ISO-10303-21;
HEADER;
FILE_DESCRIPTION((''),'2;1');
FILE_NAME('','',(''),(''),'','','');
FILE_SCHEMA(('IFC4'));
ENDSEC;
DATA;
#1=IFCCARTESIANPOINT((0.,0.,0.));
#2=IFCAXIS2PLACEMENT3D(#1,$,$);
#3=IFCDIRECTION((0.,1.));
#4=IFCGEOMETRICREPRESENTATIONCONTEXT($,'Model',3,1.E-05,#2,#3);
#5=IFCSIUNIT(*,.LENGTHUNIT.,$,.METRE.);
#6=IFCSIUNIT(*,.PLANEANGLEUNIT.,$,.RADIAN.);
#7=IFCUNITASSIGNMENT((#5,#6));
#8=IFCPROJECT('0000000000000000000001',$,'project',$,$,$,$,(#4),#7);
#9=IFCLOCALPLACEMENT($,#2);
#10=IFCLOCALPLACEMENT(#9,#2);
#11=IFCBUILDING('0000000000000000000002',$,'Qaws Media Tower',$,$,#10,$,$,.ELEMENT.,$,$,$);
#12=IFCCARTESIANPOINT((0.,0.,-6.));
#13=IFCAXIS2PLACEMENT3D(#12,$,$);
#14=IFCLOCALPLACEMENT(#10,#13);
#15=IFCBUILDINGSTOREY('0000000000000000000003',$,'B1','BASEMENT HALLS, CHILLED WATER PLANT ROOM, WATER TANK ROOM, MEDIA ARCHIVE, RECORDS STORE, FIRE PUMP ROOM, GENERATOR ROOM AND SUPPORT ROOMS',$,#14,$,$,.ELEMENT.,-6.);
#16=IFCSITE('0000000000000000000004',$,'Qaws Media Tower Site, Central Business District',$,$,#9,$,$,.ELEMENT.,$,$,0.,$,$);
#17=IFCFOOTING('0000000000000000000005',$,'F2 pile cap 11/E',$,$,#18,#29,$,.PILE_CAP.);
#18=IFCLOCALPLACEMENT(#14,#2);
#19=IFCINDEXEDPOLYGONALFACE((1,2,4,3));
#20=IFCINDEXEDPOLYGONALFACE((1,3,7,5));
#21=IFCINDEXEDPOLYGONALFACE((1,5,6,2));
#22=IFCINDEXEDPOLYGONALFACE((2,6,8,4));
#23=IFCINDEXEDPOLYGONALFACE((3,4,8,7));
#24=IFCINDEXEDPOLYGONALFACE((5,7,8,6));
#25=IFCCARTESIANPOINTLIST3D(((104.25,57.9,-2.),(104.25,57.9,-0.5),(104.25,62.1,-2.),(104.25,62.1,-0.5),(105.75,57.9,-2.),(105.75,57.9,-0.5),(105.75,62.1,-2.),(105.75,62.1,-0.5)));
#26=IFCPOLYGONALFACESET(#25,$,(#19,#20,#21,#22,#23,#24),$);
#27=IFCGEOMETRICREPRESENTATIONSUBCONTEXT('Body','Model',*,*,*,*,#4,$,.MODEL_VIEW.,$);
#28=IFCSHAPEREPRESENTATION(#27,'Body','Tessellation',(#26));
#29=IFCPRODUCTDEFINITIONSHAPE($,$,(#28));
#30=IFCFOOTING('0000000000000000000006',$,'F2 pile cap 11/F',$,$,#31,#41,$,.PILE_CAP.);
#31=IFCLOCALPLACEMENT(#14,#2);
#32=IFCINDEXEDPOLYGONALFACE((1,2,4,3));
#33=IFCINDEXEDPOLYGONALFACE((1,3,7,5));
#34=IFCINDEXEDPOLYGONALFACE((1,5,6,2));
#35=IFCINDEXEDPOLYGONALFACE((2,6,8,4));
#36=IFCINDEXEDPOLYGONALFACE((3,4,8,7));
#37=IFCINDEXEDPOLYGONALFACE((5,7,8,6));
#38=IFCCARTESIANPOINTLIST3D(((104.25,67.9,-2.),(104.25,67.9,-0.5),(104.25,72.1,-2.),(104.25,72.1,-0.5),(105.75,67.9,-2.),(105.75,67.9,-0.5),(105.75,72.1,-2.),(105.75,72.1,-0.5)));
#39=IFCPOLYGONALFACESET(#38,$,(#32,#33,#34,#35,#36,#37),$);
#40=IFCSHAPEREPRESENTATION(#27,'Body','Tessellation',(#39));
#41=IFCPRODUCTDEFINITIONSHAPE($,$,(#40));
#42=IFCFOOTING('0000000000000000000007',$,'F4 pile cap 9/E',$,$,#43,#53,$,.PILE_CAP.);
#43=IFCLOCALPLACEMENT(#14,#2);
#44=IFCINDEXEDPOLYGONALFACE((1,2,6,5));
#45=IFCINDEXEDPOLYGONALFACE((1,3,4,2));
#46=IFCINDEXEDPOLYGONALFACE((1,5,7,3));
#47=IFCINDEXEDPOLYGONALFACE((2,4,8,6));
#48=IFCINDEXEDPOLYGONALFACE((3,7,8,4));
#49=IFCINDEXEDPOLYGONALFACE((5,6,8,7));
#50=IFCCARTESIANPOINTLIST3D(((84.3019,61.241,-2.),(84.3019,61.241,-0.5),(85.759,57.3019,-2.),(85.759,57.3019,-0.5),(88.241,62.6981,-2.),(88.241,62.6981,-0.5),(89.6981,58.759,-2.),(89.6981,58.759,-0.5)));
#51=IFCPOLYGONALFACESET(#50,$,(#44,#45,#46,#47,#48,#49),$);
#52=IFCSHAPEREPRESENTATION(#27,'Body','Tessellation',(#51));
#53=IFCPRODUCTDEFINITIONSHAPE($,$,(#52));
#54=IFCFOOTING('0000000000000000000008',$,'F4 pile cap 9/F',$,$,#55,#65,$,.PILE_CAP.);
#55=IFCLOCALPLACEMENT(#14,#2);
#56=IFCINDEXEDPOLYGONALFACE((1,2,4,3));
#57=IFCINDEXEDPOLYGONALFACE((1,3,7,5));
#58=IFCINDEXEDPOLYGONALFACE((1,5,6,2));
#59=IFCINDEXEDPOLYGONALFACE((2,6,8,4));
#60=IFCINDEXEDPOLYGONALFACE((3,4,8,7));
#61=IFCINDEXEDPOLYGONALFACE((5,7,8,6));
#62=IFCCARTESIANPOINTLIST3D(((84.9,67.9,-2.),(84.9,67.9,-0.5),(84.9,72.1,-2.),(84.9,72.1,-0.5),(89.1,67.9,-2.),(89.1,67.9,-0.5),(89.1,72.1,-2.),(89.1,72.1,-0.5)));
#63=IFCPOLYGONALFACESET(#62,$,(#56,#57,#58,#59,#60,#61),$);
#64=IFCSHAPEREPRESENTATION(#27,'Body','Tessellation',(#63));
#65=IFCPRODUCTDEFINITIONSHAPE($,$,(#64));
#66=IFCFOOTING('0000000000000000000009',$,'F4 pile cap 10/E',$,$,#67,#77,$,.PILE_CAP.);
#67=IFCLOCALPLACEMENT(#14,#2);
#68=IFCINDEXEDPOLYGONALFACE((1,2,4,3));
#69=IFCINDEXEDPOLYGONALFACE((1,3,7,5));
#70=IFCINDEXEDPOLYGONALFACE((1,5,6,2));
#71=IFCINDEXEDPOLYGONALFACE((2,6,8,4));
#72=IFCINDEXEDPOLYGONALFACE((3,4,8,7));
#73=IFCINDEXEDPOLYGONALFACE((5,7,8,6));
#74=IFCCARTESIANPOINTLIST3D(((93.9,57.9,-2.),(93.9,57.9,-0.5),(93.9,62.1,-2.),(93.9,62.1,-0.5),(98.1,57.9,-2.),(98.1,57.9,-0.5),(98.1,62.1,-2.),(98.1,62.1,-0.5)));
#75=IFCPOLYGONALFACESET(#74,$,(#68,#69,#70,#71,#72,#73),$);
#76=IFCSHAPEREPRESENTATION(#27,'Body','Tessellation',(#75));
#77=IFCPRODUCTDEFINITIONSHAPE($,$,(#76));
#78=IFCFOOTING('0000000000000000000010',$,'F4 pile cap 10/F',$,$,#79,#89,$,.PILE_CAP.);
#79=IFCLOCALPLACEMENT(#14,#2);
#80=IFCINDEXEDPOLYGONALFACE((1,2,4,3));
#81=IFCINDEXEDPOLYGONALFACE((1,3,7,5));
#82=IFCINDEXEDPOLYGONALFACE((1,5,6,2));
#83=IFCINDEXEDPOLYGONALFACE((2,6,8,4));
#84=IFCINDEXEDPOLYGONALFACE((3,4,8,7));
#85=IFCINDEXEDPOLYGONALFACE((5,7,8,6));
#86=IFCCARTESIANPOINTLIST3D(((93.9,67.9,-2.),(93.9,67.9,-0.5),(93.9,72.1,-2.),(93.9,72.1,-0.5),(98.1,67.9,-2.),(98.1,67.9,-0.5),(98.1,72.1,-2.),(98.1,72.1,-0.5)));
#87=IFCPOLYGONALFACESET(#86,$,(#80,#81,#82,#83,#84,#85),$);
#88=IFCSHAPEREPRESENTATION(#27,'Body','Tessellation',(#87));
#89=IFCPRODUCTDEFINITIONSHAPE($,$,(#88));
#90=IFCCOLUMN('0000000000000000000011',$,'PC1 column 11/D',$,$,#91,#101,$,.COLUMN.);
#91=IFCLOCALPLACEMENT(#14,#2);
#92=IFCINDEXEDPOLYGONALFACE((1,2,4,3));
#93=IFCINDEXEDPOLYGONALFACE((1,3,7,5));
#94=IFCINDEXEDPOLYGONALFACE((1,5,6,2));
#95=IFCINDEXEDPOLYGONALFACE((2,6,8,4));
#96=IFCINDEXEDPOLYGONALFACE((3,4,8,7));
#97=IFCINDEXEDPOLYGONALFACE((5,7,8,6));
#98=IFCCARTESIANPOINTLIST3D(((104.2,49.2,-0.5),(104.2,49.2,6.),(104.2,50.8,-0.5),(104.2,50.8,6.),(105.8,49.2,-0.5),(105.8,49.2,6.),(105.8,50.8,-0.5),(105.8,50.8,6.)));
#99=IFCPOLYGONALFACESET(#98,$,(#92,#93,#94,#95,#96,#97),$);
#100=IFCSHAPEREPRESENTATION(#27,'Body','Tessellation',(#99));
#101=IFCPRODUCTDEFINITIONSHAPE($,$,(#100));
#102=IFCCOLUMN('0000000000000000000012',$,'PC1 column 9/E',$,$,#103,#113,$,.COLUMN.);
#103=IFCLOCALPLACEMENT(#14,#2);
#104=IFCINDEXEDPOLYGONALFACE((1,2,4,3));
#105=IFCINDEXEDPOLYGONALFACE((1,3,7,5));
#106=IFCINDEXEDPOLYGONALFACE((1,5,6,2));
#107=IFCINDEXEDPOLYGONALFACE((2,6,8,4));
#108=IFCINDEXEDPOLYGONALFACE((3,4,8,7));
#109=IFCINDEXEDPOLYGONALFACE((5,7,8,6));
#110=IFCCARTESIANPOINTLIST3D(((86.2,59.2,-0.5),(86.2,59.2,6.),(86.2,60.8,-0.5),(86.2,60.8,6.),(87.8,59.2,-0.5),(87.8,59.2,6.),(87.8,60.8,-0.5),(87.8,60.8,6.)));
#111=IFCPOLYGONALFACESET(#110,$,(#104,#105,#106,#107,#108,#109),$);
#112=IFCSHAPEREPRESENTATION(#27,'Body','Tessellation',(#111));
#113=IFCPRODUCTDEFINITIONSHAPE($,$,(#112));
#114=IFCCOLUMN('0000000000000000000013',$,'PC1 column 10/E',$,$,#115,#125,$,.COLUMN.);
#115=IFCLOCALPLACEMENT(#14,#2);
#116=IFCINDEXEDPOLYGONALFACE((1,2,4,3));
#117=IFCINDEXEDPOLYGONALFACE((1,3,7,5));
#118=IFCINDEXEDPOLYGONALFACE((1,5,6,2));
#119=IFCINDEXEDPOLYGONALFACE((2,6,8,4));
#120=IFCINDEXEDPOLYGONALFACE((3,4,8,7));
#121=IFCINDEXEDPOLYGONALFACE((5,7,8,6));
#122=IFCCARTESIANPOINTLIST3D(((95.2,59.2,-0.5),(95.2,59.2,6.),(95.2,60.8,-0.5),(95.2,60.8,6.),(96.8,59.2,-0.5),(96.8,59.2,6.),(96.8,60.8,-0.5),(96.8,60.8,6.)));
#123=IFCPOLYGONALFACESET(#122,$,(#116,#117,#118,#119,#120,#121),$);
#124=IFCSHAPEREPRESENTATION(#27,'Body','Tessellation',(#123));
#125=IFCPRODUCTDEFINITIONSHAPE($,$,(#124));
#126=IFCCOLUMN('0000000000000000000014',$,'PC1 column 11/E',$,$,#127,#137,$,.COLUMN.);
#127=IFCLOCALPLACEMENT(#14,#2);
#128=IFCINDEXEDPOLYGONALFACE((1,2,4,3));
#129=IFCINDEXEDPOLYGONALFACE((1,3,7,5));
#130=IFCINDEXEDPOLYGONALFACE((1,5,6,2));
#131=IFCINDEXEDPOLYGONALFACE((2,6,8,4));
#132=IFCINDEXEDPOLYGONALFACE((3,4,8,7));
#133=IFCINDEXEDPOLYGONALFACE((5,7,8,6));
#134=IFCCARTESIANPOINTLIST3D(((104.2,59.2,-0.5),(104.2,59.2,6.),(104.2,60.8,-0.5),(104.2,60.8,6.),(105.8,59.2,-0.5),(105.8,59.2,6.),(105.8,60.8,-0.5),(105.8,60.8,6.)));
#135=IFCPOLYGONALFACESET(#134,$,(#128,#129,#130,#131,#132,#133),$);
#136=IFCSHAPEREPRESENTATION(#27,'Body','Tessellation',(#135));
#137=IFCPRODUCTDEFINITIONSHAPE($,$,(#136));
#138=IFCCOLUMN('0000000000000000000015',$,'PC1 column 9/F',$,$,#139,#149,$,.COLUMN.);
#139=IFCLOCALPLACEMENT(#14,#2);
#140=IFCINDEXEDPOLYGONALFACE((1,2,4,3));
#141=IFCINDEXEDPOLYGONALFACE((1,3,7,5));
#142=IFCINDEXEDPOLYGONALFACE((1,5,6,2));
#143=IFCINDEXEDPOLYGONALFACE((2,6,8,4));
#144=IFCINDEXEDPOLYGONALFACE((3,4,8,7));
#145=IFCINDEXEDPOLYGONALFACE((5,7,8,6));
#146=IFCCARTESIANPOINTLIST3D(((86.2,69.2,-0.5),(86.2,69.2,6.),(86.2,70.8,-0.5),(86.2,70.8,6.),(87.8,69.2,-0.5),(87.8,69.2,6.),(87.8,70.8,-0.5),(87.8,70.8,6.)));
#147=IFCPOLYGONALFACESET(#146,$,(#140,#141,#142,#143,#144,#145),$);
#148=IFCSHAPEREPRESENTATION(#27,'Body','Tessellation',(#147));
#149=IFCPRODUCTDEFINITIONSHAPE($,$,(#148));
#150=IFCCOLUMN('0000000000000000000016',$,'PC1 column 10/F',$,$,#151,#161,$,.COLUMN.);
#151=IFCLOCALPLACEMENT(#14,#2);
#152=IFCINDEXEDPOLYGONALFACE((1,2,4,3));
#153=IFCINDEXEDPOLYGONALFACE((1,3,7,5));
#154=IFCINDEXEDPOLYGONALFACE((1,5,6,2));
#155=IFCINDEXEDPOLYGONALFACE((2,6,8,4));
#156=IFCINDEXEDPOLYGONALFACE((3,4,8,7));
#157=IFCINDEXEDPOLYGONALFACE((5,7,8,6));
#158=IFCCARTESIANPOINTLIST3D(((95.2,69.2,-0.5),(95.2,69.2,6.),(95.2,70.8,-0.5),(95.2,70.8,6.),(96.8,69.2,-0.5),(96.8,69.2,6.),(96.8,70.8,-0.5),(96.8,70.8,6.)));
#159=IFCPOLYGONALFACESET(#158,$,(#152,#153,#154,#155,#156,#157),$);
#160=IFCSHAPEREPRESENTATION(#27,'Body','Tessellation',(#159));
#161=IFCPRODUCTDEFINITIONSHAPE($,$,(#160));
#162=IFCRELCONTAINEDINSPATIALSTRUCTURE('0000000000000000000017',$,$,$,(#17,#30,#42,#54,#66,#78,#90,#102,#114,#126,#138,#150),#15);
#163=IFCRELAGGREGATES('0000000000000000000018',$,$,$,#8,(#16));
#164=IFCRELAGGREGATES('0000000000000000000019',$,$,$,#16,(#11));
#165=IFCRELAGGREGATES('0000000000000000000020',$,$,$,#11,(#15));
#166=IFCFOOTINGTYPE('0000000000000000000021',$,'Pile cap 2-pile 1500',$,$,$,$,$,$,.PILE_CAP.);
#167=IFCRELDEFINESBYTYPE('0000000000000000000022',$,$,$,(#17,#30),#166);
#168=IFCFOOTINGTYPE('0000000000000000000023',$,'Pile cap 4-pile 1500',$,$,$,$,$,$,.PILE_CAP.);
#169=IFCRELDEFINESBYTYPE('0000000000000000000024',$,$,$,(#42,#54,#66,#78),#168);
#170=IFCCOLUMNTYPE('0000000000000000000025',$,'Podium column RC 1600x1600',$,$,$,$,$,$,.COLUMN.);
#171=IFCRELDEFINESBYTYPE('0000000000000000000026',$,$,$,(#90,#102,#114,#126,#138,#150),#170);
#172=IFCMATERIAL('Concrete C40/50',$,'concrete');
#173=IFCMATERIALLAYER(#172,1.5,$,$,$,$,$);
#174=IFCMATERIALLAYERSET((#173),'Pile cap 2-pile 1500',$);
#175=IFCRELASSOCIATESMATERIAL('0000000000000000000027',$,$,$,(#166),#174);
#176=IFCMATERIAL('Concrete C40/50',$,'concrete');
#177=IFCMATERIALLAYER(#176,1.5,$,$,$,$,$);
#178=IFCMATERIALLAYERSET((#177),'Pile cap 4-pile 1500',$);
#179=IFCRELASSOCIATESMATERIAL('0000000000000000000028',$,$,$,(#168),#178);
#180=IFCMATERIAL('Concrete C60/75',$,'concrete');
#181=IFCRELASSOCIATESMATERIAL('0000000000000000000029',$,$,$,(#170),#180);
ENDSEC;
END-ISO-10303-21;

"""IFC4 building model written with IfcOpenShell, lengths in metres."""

from ifc_helpers import new_model, si_unit, direction, frame, origin, origin_2d, place, context, subcontext, project, spatial, rectangle, extrude, material, layer, layer_set, material_profile, profile_set, type_object, element, save


model = new_model("IFC4")

# Units and contexts
model_context = context("Model", 3, precision=1e-05, world=origin(), true_north=direction((0.0, 1.0)))
body_context = subcontext(model_context, "Body", "Model", "MODEL_VIEW")
ifc_project = project(units=[si_unit("LENGTHUNIT", "METRE"), si_unit("PLANEANGLEUNIT", "RADIAN")], contexts=[model_context])

# Site, building, storey
site_placement = place(None, origin())
site = spatial("IfcSite", under=ifc_project, at=site_placement, Name="Qaws Media Tower Site, Central Business District", CompositionType="ELEMENT", RefElevation=0.0)
building_placement = place(site_placement, origin())
building = spatial("IfcBuilding", under=site, at=building_placement, Name="Qaws Media Tower", CompositionType="ELEMENT")
storey_placement = place(building_placement, frame((0.0, 0.0, -6.0)))
storey = spatial("IfcBuildingStorey", under=building, at=storey_placement, Name="B1", Description="BASEMENT HALLS, CHILLED WATER PLANT ROOM, WATER TANK ROOM, MEDIA ARCHIVE, RECORDS STORE, FIRE PUMP ROOM, GENERATOR ROOM AND SUPPORT ROOMS", CompositionType="ELEMENT", Elevation=-6.0)

# Footings
ifc_material_1 = material(Name="Concrete C40/50", Category="concrete")
ifc_layer_1 = layer(ifc_material_1, 1.5)
ifc_layer_set_1 = layer_set([ifc_layer_1], Name="Pile cap 2-pile 1500")
footing_type_1 = type_object("IfcFootingType", Name="Pile cap 2-pile 1500", PredefinedType="PILE_CAP", material=ifc_layer_set_1)
for number, where, z_axis, x_axis, name in (
    (1, (105.0, 60.0, -2.0), (0.0, 0.0, 1.0), (1.0, 0.0, 0.0), "F2 pile cap 11/E"),
    (2, (105.0, 70.0, -2.0), (0.0, 0.0, 1.0), (1.0, 0.0, 0.0), "F2 pile cap 11/F"),
):
    element("IfcFooting", number, at=place(storey_placement, frame(where, z_axis=z_axis, x_axis=x_axis)), inside=storey, type_object=footing_type_1, Name=name, PredefinedType="PILE_CAP", context=body_context, shape_type="SweptSolid", body=[
        extrude(rectangle(XDim=1.5, YDim=4.2, at=origin_2d()), origin(), (0.0, 0.0, 1.0), 1.5),
    ])
ifc_material_2 = material(Name="Concrete C40/50", Category="concrete")
ifc_layer_2 = layer(ifc_material_2, 1.5)
ifc_layer_set_2 = layer_set([ifc_layer_2], Name="Pile cap 4-pile 1500")
footing_type_2 = type_object("IfcFootingType", Name="Pile cap 4-pile 1500", PredefinedType="PILE_CAP", material=ifc_layer_set_2)
for number, where, z_axis, x_axis, name in (
    (3, (87.0, 60.0, -2.0), (0.0, 0.0, 1.0), (0.937889, 0.346936, 0.0), "F4 pile cap 9/E"),
    (4, (87.0, 70.0, -2.0), (0.0, 0.0, 1.0), (1.0, 0.0, 0.0), "F4 pile cap 9/F"),
    (5, (96.0, 60.0, -2.0), (0.0, 0.0, 1.0), (1.0, 0.0, 0.0), "F4 pile cap 10/E"),
    (6, (96.0, 70.0, -2.0), (0.0, 0.0, 1.0), (1.0, 0.0, 0.0), "F4 pile cap 10/F"),
):
    element("IfcFooting", number, at=place(storey_placement, frame(where, z_axis=z_axis, x_axis=x_axis)), inside=storey, type_object=footing_type_2, Name=name, PredefinedType="PILE_CAP", context=body_context, shape_type="SweptSolid", body=[
        extrude(rectangle(XDim=4.2, YDim=4.2, at=origin_2d()), origin(), (0.0, 0.0, 1.0), 1.5),
    ])

# Columns
ifc_material_3 = material(Name="Concrete C60/75", Category="concrete")
ifc_material_profile_1 = material_profile(ifc_material_3, rectangle(XDim=1.6001, YDim=1.6001, at=origin_2d()), Name="RC 1600x1600")
ifc_profile_set_1 = profile_set([ifc_material_profile_1], Name="Concrete C60/75")
column_type = type_object("IfcColumnType", Name="Podium column RC 1600x1600", PredefinedType="COLUMN", material=ifc_profile_set_1)
for number, where, z_axis, x_axis, name in (
    (7, (105.0, 50.0, -0.5), (0.0, 0.0, 1.0), (1.0, 0.0, 0.0), "PC1 column 11/D"),
    (8, (87.0, 60.0, -0.5), (0.0, 0.0, 1.0), (1.0, 0.0, 0.0), "PC1 column 9/E"),
    (9, (96.0, 60.0, -0.5), (0.0, 0.0, 1.0), (1.0, 0.0, 0.0), "PC1 column 10/E"),
    (10, (105.0, 60.0, -0.5), (0.0, 0.0, 1.0), (1.0, 0.0, 0.0), "PC1 column 11/E"),
    (11, (87.0, 70.0, -0.5), (0.0, 0.0, 1.0), (1.0, 0.0, 0.0), "PC1 column 9/F"),
    (12, (96.0, 70.0, -0.5), (0.0, 0.0, 1.0), (1.0, 0.0, 0.0), "PC1 column 10/F"),
):
    element("IfcColumn", number, at=place(storey_placement, frame(where, z_axis=z_axis, x_axis=x_axis)), inside=storey, type_object=column_type, Name=name, PredefinedType="COLUMN", context=body_context, shape_type="SweptSolid", body=[
        extrude(rectangle(XDim=1.6001, YDim=1.6001, at=origin_2d()), origin(), (0.0, 0.0, 1.0), 6.5),
    ])

save(model, "model.ifc")
